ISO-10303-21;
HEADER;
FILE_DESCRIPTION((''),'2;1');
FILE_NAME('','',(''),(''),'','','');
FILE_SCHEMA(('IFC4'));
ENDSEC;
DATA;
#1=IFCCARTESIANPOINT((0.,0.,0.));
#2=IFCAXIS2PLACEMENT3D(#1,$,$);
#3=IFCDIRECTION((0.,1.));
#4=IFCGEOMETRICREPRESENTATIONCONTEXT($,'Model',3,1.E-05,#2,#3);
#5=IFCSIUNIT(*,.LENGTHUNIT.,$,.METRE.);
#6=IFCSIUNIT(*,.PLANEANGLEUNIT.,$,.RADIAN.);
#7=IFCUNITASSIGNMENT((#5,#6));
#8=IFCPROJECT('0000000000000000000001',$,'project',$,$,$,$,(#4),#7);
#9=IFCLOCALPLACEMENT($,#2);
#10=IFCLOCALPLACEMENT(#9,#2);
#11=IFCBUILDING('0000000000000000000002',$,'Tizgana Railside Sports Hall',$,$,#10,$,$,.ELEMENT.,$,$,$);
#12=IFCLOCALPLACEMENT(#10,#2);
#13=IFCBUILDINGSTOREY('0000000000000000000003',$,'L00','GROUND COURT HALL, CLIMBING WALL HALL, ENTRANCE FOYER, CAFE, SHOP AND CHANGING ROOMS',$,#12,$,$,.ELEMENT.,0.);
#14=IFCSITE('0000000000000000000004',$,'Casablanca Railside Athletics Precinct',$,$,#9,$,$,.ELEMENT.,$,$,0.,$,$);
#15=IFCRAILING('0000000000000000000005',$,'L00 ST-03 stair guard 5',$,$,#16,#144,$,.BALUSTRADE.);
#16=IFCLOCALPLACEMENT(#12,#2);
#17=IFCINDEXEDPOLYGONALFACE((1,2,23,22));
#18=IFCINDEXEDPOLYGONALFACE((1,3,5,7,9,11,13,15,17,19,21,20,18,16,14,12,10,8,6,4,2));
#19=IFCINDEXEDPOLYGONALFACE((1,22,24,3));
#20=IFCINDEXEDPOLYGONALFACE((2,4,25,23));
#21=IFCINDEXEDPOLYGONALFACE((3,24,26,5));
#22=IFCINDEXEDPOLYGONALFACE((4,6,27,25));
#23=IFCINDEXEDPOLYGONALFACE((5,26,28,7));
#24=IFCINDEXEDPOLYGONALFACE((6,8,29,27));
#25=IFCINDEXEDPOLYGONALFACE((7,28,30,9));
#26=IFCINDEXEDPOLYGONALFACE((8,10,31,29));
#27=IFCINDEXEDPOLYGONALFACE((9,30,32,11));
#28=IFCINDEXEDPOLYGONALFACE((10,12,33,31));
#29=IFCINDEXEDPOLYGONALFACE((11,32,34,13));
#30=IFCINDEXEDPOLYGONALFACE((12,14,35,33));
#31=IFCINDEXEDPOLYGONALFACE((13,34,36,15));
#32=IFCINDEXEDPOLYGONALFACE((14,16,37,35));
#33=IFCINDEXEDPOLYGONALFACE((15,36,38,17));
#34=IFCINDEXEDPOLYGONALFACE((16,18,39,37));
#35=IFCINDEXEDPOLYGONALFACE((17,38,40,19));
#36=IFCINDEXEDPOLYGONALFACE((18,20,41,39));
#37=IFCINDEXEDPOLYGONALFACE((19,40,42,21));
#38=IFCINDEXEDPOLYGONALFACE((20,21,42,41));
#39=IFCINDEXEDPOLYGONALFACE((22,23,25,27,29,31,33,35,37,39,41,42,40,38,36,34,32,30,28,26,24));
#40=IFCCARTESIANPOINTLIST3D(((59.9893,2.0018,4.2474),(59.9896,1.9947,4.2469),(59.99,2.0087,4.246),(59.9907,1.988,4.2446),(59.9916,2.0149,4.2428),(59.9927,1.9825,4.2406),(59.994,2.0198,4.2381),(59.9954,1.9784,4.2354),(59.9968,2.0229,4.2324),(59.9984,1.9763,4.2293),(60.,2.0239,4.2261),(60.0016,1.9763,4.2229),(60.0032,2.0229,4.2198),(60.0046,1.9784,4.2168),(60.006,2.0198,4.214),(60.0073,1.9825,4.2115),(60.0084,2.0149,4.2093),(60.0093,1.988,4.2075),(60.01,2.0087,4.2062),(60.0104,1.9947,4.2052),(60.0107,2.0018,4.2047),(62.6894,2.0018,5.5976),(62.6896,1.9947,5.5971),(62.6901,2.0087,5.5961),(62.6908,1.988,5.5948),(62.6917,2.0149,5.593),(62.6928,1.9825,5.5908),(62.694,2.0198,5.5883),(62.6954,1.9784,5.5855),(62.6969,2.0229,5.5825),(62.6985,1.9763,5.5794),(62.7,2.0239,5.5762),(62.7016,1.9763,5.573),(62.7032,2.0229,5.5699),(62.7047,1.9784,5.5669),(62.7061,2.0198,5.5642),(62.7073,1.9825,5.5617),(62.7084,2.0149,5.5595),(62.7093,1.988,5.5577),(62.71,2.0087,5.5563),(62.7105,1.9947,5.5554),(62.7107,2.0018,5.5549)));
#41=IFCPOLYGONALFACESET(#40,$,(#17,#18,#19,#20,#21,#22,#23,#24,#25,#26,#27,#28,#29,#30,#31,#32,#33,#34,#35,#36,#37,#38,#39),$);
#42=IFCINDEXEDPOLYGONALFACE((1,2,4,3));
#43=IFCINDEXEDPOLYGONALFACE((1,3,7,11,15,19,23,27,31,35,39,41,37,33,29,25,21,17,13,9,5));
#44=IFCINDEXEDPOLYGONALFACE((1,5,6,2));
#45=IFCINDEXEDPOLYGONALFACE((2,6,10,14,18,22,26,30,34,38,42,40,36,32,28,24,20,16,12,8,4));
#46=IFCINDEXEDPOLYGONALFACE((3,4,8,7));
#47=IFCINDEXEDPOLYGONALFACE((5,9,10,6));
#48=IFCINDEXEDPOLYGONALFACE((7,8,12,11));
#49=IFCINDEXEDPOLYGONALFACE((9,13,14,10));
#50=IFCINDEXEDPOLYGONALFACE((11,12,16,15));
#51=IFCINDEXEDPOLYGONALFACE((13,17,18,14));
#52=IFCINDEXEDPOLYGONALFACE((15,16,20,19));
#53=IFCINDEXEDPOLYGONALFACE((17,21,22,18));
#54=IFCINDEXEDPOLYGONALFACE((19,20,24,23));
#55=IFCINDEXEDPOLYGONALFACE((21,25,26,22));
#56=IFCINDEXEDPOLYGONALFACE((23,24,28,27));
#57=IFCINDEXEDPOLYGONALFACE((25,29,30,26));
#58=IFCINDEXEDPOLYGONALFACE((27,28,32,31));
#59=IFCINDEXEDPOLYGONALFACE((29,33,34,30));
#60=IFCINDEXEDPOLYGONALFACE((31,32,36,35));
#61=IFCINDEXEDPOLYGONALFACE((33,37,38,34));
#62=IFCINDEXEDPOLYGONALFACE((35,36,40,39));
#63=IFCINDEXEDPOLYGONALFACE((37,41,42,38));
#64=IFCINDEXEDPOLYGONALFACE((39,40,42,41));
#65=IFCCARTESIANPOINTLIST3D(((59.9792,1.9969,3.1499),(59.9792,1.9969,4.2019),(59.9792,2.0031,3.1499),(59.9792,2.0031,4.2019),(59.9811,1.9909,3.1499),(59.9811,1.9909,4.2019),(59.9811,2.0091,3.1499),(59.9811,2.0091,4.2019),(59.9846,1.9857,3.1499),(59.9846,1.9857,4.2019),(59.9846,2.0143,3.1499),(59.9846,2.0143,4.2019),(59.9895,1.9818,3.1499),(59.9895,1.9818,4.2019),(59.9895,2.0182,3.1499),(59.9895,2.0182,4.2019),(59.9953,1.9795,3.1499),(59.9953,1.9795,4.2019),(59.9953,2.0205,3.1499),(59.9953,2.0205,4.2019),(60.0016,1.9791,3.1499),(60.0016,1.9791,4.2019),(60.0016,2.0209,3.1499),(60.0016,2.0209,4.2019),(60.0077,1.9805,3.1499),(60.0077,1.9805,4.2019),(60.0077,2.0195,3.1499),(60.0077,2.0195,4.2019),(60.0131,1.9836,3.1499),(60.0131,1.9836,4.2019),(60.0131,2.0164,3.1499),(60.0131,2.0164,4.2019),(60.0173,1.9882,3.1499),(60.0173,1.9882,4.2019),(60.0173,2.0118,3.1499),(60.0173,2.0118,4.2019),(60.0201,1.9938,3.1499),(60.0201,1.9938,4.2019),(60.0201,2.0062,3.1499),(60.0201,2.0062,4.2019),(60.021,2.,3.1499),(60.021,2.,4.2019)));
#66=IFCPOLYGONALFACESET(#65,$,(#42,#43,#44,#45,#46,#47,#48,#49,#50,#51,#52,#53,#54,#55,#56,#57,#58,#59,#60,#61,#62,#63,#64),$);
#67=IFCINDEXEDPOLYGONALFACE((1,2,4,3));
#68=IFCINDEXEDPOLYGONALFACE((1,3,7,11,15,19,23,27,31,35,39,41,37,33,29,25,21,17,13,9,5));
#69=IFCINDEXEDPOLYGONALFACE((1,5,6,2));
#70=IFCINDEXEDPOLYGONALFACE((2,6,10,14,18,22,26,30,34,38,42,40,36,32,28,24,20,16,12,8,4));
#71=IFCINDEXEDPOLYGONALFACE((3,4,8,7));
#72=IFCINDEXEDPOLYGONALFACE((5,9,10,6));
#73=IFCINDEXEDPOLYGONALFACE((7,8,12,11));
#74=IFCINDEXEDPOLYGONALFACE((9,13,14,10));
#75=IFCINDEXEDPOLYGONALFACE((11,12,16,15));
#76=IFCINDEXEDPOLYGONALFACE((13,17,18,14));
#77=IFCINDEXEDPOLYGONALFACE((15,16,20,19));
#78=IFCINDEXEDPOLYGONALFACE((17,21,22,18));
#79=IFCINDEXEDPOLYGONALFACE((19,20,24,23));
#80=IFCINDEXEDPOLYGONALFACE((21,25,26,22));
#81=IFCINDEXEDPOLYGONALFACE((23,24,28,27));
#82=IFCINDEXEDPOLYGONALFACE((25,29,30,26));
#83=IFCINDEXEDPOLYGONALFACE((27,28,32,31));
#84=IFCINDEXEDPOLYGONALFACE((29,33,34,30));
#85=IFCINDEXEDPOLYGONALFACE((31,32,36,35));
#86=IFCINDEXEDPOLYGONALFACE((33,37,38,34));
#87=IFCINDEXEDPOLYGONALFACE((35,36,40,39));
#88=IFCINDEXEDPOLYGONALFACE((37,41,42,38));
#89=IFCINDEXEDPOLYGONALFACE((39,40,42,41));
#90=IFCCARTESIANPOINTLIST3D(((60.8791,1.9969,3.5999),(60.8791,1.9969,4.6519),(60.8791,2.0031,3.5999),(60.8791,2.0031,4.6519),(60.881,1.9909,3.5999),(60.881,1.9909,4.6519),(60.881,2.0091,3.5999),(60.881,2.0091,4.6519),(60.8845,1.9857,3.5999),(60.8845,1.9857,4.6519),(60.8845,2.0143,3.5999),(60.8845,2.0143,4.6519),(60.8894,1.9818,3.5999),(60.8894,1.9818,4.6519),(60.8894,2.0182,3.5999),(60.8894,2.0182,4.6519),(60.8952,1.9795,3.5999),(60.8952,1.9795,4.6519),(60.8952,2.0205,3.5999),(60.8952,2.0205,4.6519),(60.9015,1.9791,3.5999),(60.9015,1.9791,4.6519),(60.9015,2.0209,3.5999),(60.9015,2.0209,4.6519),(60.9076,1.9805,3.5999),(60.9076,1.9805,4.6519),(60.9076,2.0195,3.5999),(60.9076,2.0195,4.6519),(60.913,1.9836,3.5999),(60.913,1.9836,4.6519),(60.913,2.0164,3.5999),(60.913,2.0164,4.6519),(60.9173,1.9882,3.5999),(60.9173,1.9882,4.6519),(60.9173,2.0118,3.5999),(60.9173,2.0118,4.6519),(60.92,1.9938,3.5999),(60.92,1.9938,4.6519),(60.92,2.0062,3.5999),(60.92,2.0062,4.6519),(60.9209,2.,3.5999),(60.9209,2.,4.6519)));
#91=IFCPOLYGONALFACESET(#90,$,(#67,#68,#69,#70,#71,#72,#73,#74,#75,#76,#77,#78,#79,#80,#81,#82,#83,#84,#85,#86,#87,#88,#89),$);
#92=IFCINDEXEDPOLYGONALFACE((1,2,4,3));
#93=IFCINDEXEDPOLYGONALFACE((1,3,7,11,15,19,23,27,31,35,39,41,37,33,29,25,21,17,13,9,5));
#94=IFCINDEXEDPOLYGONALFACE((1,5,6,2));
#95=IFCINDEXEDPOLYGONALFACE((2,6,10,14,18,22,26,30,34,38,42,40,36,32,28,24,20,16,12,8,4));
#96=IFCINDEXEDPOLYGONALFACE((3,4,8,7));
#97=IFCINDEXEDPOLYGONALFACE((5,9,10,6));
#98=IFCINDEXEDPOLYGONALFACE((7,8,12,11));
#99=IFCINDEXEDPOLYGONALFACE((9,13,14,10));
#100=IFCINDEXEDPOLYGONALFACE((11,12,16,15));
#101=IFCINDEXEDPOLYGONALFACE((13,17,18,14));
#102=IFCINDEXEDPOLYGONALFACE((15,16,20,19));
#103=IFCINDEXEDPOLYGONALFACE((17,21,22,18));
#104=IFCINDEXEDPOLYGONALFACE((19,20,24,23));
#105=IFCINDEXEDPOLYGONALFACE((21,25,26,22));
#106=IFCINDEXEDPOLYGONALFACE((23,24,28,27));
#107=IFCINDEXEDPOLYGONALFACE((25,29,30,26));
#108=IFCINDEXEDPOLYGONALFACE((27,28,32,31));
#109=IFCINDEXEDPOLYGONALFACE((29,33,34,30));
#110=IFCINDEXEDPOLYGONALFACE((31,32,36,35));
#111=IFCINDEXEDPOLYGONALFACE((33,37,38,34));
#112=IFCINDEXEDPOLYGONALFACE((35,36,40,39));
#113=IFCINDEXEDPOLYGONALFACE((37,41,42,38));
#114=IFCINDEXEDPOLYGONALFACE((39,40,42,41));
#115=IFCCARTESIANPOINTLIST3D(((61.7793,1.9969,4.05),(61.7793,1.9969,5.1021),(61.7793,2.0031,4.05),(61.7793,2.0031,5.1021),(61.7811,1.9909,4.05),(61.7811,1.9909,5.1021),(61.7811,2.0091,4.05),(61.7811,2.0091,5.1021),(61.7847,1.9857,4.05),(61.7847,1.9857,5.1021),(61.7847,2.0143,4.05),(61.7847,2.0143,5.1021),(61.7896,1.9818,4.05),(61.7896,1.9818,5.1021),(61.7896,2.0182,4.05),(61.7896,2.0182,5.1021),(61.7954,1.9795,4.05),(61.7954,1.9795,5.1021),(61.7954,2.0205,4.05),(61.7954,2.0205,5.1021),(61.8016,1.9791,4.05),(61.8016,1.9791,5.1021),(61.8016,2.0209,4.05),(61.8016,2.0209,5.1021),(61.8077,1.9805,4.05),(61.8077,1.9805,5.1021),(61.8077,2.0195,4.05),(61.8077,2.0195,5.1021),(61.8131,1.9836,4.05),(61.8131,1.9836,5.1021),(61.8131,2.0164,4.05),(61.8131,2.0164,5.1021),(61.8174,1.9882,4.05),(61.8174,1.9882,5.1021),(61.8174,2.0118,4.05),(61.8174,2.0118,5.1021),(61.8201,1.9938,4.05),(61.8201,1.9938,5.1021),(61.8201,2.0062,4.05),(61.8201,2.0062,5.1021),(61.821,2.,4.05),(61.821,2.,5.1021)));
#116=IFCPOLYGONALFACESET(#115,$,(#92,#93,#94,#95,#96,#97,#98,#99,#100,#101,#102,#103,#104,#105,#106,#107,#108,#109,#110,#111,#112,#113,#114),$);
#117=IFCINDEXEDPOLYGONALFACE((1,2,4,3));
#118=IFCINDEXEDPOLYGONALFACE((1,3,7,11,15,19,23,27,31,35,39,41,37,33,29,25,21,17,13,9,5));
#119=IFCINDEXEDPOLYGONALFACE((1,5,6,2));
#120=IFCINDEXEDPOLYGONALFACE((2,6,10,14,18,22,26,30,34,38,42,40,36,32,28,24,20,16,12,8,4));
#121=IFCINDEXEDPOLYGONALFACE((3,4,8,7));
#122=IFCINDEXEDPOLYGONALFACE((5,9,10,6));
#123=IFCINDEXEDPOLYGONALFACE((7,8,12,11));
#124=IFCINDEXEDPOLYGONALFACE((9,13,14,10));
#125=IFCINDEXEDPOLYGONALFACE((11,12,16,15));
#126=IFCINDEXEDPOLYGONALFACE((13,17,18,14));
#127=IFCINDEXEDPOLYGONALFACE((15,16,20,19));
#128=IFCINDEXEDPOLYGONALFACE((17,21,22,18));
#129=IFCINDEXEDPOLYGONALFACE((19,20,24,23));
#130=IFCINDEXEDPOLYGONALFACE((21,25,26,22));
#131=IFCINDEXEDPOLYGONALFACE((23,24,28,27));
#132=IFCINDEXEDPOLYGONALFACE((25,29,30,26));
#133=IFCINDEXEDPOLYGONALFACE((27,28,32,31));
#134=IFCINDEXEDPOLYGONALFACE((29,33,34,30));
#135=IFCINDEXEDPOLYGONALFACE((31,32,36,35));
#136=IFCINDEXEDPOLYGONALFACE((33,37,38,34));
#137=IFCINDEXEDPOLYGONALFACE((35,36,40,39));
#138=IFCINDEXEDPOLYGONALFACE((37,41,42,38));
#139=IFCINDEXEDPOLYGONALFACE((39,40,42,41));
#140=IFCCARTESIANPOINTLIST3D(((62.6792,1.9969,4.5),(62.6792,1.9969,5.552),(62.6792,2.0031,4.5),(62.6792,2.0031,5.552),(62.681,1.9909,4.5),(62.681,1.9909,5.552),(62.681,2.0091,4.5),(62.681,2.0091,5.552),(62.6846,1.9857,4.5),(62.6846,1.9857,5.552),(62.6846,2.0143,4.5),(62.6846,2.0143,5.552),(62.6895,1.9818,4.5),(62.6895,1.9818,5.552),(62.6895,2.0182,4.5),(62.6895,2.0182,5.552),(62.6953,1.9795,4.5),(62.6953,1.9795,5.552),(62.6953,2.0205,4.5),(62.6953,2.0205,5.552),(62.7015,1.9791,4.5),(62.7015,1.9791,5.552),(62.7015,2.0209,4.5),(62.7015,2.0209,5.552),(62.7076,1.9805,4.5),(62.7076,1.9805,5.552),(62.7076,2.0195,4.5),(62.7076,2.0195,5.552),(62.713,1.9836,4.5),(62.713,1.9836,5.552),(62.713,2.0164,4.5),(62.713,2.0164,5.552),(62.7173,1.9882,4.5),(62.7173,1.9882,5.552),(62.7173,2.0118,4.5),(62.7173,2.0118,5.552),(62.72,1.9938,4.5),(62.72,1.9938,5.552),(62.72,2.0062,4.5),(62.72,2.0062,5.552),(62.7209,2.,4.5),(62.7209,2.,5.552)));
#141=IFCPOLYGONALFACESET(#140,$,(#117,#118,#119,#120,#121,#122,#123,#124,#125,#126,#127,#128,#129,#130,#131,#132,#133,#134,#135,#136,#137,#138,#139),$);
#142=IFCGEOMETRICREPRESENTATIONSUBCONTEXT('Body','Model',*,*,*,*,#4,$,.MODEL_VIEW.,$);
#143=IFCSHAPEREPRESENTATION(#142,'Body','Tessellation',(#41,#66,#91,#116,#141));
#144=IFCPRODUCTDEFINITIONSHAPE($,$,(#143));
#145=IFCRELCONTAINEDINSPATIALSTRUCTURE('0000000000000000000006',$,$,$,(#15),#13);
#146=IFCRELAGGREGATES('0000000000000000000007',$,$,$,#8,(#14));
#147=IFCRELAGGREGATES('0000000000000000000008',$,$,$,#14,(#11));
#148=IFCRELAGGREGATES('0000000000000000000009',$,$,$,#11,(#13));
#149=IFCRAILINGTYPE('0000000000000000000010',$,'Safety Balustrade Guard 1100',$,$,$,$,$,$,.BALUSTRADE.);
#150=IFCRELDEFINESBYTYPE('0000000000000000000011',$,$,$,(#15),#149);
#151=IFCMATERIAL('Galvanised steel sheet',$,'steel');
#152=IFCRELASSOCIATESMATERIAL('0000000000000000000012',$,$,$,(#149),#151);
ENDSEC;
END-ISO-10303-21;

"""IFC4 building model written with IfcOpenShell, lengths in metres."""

from ifc_helpers import new_model, si_unit, direction, frame, origin, origin_2d, place, context, subcontext, project, spatial, circle, extrude, material, type_object, element, save


model = new_model("IFC4")

# Units and contexts
model_context = context("Model", 3, precision=1e-05, world=origin(), true_north=direction((0.0, 1.0)))
body_context = subcontext(model_context, "Body", "Model", "MODEL_VIEW")
ifc_project = project(units=[si_unit("LENGTHUNIT", "METRE"), si_unit("PLANEANGLEUNIT", "RADIAN")], contexts=[model_context])

# Site, building, storey
site_placement = place(None, origin())
site = spatial("IfcSite", under=ifc_project, at=site_placement, Name="Casablanca Railside Athletics Precinct", CompositionType="ELEMENT", RefElevation=0.0)
building_placement = place(site_placement, origin())
building = spatial("IfcBuilding", under=site, at=building_placement, Name="Tizgana Railside Sports Hall", CompositionType="ELEMENT")
storey_placement = place(building_placement, origin())
storey = spatial("IfcBuildingStorey", under=building, at=storey_placement, Name="L00", Description="GROUND COURT HALL, CLIMBING WALL HALL, ENTRANCE FOYER, CAFE, SHOP AND CHANGING ROOMS", CompositionType="ELEMENT", Elevation=0.0)

# Railing
ifc_material_1 = material(Name="Galvanised steel sheet", Category="steel")
railing_type_1 = type_object("IfcRailingType", Name="Safety Balustrade Guard 1100", PredefinedType="BALUSTRADE", material=ifc_material_1)
railing_1_placement = place(storey_placement, frame((60.0, 2.0, 3.1499)))
element("IfcRailing", 1, at=railing_1_placement, inside=storey, type_object=railing_type_1, Name="L00 ST-03 stair guard 5", PredefinedType="BALUSTRADE", context=body_context, shape_type="SweptSolid", body=[
    extrude(circle(Radius=0.0239, at=origin_2d()), frame((0.0, 0.0, 1.0762), z_axis=(0.894411, 0.0, 0.447246), x_axis=(0.0, 1.0, 0.0)), (0.0, 0.0, 1.0), 3.0188),
    extrude(circle(Radius=0.021, at=origin_2d()), origin(), (0.0, 0.0, 1.0), 1.052),
    extrude(circle(Radius=0.021, at=origin_2d()), frame((0.8999, 0.0, 0.45)), (0.0, 0.0, 1.0), 1.052),
    extrude(circle(Radius=0.021, at=origin_2d()), frame((1.8, 0.0, 0.9001)), (0.0, 0.0, 1.0), 1.052),
    extrude(circle(Radius=0.021, at=origin_2d()), frame((2.7, 0.0, 1.3501)), (0.0, 0.0, 1.0), 1.052),
])

save(model, "model.ifc")
